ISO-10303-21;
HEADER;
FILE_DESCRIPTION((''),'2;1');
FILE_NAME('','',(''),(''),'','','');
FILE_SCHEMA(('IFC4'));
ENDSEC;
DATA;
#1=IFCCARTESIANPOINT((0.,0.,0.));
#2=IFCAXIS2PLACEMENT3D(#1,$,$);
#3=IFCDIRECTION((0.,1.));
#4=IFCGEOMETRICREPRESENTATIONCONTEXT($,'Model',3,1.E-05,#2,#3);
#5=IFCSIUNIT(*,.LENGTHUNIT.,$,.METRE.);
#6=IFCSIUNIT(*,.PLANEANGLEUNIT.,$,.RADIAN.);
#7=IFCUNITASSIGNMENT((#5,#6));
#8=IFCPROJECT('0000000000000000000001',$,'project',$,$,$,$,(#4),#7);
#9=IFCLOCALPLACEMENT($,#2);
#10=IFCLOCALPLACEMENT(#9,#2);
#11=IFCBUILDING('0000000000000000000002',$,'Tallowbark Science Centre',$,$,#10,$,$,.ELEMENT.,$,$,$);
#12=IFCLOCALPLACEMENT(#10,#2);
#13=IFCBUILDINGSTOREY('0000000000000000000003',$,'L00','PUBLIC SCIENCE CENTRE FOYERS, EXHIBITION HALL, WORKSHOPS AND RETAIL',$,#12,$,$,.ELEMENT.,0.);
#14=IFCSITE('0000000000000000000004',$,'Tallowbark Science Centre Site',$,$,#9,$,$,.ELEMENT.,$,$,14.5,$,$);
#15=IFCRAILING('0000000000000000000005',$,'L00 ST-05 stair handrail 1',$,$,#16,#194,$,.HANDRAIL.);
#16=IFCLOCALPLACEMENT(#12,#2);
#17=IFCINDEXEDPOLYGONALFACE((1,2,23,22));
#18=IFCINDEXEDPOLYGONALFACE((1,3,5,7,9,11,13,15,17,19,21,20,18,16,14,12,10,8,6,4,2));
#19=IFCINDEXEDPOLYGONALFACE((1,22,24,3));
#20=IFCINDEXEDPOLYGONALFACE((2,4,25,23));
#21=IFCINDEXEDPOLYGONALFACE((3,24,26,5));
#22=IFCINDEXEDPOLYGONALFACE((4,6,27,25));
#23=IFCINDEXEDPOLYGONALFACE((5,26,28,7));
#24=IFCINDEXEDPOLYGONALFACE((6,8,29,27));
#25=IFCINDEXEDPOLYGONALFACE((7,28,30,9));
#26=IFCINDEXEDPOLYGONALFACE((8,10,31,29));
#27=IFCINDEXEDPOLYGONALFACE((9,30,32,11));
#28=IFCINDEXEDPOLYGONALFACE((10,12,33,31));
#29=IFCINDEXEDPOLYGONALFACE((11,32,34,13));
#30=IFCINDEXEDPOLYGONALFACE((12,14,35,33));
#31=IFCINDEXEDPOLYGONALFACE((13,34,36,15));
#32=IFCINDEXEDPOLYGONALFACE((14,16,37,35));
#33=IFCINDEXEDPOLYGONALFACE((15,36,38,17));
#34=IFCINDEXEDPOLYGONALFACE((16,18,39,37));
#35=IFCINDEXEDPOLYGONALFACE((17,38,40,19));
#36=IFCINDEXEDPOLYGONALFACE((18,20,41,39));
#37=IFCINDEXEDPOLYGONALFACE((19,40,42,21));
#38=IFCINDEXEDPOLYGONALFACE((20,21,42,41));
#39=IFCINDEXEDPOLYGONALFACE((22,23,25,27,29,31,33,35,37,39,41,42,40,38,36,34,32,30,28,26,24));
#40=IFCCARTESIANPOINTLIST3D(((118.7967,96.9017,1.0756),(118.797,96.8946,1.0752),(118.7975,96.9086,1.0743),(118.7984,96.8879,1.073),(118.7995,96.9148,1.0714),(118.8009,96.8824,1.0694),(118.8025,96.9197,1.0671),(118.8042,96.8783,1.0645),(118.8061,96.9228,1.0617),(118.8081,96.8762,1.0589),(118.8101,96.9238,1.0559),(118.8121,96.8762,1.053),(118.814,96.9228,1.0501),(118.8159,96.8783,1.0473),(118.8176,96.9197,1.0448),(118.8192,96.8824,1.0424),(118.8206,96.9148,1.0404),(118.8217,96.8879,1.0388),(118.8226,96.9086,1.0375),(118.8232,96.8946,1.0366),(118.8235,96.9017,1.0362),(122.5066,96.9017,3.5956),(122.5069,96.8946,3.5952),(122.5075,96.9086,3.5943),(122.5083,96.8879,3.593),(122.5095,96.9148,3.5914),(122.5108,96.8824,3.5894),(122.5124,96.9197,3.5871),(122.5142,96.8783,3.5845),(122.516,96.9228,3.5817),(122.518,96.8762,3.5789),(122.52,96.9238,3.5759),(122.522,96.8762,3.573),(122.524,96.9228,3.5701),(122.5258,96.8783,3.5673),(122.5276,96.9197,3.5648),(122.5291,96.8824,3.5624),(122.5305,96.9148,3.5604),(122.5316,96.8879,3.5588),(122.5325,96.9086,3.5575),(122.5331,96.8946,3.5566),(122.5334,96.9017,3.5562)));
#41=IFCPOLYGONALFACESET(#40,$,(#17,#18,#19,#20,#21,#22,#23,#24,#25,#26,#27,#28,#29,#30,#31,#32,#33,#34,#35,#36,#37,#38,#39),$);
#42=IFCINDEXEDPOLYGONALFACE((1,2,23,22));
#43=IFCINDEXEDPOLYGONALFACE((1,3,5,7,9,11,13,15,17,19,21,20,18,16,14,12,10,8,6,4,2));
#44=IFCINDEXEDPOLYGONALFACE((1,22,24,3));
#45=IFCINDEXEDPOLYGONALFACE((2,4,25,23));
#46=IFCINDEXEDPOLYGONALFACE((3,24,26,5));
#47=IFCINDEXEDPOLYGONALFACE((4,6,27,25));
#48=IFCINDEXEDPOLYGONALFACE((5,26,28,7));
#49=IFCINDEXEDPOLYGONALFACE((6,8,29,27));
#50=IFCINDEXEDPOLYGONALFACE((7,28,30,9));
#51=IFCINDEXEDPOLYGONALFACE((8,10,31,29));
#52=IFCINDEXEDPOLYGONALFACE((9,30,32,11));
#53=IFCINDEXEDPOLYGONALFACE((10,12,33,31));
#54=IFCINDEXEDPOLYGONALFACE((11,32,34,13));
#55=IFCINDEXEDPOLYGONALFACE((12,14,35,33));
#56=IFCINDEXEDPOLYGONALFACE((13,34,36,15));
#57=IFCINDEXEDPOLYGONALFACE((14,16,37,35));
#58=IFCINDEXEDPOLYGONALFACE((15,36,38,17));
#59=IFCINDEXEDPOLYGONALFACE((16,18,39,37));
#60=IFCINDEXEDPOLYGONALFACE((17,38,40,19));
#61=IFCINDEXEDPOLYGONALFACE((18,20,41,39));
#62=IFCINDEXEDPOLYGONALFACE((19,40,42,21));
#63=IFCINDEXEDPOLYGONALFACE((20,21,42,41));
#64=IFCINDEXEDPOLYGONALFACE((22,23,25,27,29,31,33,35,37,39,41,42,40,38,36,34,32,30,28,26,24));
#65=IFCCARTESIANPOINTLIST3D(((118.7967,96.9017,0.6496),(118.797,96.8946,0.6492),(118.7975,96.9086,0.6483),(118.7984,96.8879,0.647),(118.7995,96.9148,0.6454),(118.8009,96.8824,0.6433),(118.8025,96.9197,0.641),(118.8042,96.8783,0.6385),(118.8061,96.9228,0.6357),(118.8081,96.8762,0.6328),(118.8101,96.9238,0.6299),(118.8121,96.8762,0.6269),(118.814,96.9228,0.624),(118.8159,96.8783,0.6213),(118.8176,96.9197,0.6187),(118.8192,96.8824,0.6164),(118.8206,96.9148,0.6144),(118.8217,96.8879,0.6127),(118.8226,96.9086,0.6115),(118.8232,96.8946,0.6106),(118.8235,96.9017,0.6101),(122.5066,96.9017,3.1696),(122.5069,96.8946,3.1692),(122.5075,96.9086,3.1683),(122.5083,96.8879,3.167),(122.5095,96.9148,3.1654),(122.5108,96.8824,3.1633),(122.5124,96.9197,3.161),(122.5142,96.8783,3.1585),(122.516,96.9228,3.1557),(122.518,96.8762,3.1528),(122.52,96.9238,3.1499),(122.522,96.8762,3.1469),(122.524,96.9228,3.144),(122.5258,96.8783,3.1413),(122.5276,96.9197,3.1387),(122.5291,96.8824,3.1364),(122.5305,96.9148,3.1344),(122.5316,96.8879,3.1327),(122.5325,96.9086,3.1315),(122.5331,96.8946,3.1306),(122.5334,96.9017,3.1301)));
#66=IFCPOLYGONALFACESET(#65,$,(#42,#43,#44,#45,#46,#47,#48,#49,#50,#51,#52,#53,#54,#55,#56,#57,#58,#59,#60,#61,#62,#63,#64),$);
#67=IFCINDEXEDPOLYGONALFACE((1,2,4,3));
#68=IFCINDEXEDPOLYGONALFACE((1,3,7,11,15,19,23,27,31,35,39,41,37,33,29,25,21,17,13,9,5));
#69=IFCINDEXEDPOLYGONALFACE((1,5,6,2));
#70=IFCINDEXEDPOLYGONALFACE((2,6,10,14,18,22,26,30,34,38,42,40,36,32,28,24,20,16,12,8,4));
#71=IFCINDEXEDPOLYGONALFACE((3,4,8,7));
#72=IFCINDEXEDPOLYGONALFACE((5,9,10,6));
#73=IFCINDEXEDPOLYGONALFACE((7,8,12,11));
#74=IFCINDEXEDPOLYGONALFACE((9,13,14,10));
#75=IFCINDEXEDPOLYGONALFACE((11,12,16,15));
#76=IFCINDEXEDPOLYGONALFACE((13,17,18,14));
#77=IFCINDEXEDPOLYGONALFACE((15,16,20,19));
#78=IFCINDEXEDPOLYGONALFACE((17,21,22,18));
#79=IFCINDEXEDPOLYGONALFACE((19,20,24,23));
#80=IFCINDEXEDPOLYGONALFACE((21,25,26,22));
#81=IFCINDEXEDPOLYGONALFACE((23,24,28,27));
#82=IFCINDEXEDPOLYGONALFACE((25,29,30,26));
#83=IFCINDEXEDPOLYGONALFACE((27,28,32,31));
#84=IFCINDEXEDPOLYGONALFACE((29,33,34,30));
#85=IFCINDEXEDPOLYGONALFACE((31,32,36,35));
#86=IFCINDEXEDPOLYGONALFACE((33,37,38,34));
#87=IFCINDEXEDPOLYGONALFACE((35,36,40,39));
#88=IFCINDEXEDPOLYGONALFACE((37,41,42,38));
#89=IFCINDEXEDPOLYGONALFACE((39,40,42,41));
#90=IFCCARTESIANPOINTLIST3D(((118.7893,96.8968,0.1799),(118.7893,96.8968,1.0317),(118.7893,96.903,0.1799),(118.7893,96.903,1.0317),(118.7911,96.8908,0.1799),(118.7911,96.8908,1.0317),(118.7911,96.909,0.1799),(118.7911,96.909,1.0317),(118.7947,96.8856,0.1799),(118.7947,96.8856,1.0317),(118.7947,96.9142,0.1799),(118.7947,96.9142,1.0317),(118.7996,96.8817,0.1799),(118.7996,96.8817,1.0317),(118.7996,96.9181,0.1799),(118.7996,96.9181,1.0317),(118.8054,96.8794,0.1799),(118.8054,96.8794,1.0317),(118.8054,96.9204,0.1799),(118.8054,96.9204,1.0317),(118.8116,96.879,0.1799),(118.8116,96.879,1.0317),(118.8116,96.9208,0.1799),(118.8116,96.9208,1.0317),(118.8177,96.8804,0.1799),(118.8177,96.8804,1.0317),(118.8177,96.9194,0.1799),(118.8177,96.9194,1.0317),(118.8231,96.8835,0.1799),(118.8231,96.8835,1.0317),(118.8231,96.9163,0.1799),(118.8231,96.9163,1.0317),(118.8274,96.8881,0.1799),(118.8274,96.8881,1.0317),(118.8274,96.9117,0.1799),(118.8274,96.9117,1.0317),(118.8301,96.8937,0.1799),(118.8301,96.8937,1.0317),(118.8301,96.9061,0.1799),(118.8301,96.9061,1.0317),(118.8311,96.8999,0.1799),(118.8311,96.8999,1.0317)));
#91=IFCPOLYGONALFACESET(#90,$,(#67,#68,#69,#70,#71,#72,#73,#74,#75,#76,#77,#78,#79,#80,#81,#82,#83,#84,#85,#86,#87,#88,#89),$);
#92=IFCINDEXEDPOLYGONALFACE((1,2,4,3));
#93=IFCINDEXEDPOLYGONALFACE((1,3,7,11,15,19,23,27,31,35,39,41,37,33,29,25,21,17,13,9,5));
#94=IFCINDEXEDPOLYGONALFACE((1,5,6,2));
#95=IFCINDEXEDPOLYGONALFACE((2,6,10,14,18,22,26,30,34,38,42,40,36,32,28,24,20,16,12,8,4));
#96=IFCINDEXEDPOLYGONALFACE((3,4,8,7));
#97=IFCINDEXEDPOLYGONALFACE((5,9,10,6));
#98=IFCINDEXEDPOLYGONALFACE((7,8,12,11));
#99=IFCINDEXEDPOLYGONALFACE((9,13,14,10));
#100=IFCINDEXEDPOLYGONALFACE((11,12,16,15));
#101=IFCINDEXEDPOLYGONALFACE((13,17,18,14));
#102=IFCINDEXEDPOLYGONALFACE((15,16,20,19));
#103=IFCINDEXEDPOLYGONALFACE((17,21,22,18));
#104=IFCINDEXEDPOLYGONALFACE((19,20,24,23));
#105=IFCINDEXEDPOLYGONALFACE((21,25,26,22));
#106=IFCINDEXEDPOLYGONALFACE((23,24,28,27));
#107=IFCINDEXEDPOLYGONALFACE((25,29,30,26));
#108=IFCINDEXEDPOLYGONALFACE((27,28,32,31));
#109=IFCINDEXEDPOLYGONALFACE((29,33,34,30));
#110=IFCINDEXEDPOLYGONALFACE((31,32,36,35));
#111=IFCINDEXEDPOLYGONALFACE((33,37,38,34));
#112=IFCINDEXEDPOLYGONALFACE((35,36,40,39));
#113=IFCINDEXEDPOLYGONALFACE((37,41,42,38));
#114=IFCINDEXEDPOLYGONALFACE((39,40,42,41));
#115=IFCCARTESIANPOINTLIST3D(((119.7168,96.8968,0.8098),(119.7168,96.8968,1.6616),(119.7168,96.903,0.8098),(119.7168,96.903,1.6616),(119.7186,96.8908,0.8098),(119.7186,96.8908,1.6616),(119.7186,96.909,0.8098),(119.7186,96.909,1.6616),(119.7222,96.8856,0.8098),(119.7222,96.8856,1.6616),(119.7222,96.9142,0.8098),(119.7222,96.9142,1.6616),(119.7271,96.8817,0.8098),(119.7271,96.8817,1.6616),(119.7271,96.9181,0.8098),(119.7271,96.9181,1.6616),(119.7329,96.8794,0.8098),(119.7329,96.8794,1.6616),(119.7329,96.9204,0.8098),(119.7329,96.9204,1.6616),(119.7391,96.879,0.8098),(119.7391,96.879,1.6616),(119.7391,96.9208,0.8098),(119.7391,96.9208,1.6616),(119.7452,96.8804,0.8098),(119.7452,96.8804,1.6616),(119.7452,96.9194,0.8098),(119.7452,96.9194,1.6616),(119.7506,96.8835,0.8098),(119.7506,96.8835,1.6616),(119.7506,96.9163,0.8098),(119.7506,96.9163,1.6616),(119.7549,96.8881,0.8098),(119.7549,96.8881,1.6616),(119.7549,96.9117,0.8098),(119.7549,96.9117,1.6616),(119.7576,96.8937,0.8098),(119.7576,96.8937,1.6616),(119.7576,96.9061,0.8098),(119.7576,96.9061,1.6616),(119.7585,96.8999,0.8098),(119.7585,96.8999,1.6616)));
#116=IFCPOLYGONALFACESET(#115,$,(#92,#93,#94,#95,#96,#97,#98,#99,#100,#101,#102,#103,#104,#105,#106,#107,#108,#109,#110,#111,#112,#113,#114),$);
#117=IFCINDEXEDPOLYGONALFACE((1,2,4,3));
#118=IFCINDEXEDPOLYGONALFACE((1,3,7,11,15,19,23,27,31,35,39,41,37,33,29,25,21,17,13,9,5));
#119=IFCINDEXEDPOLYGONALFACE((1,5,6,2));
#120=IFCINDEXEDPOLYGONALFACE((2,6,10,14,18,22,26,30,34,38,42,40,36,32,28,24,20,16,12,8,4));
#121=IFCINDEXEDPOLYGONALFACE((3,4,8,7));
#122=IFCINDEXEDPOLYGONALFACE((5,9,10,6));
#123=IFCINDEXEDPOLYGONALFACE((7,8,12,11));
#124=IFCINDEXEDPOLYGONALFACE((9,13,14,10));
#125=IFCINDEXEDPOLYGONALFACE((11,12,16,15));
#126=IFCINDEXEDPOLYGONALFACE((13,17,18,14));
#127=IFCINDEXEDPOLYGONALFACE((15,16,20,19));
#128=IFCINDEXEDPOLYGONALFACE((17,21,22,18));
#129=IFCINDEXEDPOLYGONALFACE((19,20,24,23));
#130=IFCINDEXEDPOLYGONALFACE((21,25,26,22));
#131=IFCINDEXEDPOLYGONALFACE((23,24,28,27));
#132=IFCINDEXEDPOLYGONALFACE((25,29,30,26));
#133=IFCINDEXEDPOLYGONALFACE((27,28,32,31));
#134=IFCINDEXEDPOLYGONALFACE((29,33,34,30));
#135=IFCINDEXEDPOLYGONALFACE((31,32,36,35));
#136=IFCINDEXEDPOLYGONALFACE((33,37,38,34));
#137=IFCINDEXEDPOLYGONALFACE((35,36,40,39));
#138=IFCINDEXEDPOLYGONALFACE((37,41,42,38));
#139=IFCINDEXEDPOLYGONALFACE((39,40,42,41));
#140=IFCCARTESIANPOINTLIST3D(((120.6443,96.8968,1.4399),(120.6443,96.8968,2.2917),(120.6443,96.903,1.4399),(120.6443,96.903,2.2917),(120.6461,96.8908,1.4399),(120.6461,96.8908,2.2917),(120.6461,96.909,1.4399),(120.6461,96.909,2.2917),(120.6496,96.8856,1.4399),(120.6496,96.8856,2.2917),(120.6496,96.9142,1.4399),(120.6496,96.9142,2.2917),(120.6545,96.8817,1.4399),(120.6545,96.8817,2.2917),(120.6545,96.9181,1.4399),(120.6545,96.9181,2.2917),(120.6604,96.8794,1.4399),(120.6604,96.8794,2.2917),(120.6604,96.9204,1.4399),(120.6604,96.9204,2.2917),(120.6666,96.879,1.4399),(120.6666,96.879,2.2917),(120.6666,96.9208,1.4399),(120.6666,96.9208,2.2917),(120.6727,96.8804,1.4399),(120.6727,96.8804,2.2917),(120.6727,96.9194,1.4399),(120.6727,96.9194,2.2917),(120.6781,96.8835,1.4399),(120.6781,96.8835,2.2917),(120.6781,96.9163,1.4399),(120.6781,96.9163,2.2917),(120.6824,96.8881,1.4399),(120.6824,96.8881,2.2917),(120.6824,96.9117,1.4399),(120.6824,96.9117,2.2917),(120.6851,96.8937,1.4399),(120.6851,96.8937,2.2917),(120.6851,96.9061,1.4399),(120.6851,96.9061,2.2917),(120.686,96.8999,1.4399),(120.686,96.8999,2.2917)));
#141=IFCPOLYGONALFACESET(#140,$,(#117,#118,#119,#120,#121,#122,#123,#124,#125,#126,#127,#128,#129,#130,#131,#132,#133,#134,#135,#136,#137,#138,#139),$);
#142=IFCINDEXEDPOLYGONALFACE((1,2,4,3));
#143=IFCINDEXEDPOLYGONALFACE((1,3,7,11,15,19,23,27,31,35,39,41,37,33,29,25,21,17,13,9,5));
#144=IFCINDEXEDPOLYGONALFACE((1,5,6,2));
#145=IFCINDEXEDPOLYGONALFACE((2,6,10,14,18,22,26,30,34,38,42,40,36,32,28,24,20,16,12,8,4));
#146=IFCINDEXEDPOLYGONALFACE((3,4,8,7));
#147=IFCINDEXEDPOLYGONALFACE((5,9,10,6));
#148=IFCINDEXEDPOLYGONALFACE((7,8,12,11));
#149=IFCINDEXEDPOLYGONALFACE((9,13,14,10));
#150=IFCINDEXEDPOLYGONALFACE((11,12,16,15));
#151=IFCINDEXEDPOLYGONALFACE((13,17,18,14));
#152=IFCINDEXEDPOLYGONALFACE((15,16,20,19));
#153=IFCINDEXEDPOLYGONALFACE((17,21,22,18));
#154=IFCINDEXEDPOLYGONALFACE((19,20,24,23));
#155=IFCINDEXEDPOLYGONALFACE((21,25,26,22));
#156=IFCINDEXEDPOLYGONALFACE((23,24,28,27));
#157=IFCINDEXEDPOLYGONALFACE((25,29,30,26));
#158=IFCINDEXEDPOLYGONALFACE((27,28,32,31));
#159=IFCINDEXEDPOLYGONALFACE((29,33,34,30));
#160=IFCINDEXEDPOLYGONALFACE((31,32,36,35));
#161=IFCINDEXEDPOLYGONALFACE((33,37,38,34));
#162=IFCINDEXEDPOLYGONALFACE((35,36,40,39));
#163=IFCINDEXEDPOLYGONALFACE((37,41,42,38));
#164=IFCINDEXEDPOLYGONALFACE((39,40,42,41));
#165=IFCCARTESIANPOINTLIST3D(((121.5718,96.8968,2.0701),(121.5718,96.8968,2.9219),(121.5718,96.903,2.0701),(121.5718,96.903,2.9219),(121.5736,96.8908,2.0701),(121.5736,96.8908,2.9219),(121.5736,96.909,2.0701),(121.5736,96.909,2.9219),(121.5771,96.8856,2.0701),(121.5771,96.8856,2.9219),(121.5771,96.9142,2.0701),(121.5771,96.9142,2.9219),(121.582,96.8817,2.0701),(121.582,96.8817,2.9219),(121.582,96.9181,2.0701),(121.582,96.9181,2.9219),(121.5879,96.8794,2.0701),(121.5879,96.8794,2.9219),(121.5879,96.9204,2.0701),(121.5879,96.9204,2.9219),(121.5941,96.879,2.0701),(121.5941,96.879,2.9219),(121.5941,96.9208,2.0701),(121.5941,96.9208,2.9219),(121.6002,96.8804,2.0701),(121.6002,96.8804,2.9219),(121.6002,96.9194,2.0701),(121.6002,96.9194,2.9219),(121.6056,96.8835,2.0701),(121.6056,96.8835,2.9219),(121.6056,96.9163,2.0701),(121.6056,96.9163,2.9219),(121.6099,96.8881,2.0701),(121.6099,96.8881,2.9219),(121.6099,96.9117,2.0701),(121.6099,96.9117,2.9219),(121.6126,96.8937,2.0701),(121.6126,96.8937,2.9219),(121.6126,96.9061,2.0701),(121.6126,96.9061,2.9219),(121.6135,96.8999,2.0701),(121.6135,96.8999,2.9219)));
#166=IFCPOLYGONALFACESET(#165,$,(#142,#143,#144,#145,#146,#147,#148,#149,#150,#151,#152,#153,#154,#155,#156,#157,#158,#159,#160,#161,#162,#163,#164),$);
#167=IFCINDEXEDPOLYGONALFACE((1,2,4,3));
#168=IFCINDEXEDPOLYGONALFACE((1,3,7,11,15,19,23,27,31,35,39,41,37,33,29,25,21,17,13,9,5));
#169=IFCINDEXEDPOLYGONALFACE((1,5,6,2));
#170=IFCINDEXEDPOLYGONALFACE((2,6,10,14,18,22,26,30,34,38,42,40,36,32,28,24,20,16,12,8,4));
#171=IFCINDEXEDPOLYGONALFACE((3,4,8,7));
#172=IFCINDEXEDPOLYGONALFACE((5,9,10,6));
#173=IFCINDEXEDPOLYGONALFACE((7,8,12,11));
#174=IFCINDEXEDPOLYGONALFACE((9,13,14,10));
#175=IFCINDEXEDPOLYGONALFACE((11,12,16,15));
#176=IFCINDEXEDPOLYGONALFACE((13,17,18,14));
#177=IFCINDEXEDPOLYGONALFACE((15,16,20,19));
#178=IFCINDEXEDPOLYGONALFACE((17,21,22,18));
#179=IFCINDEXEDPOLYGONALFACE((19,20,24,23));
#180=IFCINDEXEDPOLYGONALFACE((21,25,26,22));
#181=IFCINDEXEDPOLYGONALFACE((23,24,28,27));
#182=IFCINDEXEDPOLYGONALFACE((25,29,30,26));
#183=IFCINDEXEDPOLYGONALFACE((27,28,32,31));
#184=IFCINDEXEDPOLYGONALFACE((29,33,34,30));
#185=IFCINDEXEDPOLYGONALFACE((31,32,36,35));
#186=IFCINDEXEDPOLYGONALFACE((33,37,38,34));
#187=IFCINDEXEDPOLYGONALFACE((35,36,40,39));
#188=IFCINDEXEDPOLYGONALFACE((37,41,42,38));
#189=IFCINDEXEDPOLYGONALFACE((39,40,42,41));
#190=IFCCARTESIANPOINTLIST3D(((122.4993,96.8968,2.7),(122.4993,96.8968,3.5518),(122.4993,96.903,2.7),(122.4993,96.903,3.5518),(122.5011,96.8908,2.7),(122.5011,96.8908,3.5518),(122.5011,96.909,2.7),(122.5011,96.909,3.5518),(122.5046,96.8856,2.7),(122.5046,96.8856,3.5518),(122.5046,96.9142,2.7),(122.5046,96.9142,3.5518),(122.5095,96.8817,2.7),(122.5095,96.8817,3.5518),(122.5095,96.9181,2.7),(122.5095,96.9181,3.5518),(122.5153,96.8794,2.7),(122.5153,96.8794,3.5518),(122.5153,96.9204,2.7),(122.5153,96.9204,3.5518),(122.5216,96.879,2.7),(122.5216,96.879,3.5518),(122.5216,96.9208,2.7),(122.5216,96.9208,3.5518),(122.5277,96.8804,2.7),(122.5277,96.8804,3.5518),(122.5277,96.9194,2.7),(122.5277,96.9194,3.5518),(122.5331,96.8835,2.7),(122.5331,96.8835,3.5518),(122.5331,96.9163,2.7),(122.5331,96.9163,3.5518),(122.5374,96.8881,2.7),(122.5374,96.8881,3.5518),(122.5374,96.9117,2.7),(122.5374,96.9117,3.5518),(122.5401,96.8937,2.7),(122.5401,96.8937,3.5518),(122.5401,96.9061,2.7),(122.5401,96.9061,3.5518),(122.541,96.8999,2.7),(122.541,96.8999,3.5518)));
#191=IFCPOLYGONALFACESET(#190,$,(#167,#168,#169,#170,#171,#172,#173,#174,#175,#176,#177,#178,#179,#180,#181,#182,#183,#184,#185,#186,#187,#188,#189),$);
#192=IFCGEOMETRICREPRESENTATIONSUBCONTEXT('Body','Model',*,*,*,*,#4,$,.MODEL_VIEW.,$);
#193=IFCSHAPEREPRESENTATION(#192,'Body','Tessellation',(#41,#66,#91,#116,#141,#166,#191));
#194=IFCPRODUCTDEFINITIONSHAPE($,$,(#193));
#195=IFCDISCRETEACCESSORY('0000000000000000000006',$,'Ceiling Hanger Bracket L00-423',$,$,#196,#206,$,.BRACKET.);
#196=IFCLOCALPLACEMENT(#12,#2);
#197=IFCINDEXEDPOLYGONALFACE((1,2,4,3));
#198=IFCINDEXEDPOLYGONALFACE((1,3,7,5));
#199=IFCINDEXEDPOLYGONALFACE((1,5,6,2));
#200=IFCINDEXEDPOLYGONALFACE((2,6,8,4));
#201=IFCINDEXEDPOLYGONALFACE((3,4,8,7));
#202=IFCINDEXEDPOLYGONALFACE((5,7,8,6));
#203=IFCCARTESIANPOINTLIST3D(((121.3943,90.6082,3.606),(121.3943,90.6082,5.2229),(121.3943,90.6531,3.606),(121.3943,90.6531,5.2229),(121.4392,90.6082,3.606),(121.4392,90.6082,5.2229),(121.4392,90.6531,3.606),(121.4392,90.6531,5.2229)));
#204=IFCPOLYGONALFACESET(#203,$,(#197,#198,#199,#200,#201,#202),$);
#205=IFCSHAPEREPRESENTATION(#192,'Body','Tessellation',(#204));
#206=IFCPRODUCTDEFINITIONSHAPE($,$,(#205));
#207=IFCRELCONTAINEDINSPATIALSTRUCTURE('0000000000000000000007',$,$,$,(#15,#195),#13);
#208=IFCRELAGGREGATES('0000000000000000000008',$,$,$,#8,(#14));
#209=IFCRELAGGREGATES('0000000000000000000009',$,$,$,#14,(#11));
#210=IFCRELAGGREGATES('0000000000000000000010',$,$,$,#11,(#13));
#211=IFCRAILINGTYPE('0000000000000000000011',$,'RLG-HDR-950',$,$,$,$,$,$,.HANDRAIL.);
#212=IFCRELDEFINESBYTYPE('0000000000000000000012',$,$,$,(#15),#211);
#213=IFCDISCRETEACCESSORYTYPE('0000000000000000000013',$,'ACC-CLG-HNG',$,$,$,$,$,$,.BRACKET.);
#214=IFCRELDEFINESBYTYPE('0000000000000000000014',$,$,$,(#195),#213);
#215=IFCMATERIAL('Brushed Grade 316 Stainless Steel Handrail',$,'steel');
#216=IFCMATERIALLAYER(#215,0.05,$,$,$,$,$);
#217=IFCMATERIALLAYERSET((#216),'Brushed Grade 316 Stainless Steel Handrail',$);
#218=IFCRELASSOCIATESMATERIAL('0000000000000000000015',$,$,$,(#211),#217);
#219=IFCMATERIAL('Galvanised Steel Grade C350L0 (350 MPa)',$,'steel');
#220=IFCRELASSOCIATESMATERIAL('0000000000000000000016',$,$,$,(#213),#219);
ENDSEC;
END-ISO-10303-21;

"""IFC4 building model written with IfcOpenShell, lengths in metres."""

from ifc_helpers import new_model, si_unit, direction, frame, origin, origin_2d, place, context, subcontext, project, spatial, rectangle, circle, extrude, material, layer, layer_set, type_object, element, save


model = new_model("IFC4")

# Units and contexts
model_context = context("Model", 3, precision=1e-05, world=origin(), true_north=direction((0.0, 1.0)))
body_context = subcontext(model_context, "Body", "Model", "MODEL_VIEW")
ifc_project = project(units=[si_unit("LENGTHUNIT", "METRE"), si_unit("PLANEANGLEUNIT", "RADIAN")], contexts=[model_context])

# Site, building, storey
site_placement = place(None, origin())
site = spatial("IfcSite", under=ifc_project, at=site_placement, Name="Tallowbark Science Centre Site", CompositionType="ELEMENT", RefElevation=14.5)
building_placement = place(site_placement, origin())
building = spatial("IfcBuilding", under=site, at=building_placement, Name="Tallowbark Science Centre", CompositionType="ELEMENT")
storey_placement = place(building_placement, origin())
storey = spatial("IfcBuildingStorey", under=building, at=storey_placement, Name="L00", Description="PUBLIC SCIENCE CENTRE FOYERS, EXHIBITION HALL, WORKSHOPS AND RETAIL", CompositionType="ELEMENT", Elevation=0.0)

# Railing
ifc_material_1 = material(Name="Brushed Grade 316 Stainless Steel Handrail", Category="steel")
ifc_layer_1 = layer(ifc_material_1, 0.05)
ifc_layer_set_1 = layer_set([ifc_layer_1], Name="Brushed Grade 316 Stainless Steel Handrail")
railing_type_1 = type_object("IfcRailingType", Name="RLG-HDR-950", PredefinedType="HANDRAIL", material=ifc_layer_set_1)
railing_1_placement = place(storey_placement, frame((118.8101, 96.8999, 0.1799)))
element("IfcRailing", 1, at=railing_1_placement, inside=storey, type_object=railing_type_1, Name="L00 ST-05 stair handrail 1", PredefinedType="HANDRAIL", context=body_context, shape_type="SweptSolid", body=[
    extrude(circle(Radius=0.0239, at=origin_2d()), frame((0.0, 0.0, 0.876), z_axis=(0.827212, 0.0, 0.56189), x_axis=(0.0, 1.0, 0.0)), (0.0, 0.0, 1.0), 4.4849),
    extrude(circle(Radius=0.0239, at=origin_2d()), frame((0.0, 0.0, 0.45), z_axis=(0.827212, 0.0, 0.56189), x_axis=(0.0, 1.0, 0.0)), (0.0, 0.0, 1.0), 4.4849),
    extrude(circle(Radius=0.021, at=origin_2d()), origin(), (0.0, 0.0, 1.0), 0.8518),
    extrude(circle(Radius=0.021, at=origin_2d()), frame((0.9275, 0.0, 0.6299)), (0.0, 0.0, 1.0), 0.8518),
    extrude(circle(Radius=0.021, at=origin_2d()), frame((1.855, 0.0, 1.26)), (0.0, 0.0, 1.0), 0.8518),
    extrude(circle(Radius=0.021, at=origin_2d()), frame((2.7825, 0.0, 1.8901)), (0.0, 0.0, 1.0), 0.8518),
    extrude(circle(Radius=0.021, at=origin_2d()), frame((3.71, 0.0, 2.52)), (0.0, 0.0, 1.0), 0.8518),
])

# Discrete accessory
ifc_material_2 = material(Name="Galvanised Steel Grade C350L0 (350 MPa)", Category="steel")
discrete_accessory_type = type_object("IfcDiscreteAccessoryType", Name="ACC-CLG-HNG", PredefinedType="BRACKET", material=ifc_material_2)
for number, where, z_axis, x_axis, name in (
    (2, (121.4167, 90.6306, 3.606), (0.0, 0.0, 1.0), (1.0, 0.0, 0.0), "Ceiling Hanger Bracket L00-423"),
):
    element("IfcDiscreteAccessory", number, at=place(storey_placement, frame(where, z_axis=z_axis, x_axis=x_axis)), inside=storey, type_object=discrete_accessory_type, Name=name, PredefinedType="BRACKET", context=body_context, shape_type="SweptSolid", body=[
        extrude(rectangle(XDim=0.0449, YDim=0.0449, at=origin_2d()), origin(), (0.0, 0.0, 1.0), 1.6169),
    ])

save(model, "model.ifc")
